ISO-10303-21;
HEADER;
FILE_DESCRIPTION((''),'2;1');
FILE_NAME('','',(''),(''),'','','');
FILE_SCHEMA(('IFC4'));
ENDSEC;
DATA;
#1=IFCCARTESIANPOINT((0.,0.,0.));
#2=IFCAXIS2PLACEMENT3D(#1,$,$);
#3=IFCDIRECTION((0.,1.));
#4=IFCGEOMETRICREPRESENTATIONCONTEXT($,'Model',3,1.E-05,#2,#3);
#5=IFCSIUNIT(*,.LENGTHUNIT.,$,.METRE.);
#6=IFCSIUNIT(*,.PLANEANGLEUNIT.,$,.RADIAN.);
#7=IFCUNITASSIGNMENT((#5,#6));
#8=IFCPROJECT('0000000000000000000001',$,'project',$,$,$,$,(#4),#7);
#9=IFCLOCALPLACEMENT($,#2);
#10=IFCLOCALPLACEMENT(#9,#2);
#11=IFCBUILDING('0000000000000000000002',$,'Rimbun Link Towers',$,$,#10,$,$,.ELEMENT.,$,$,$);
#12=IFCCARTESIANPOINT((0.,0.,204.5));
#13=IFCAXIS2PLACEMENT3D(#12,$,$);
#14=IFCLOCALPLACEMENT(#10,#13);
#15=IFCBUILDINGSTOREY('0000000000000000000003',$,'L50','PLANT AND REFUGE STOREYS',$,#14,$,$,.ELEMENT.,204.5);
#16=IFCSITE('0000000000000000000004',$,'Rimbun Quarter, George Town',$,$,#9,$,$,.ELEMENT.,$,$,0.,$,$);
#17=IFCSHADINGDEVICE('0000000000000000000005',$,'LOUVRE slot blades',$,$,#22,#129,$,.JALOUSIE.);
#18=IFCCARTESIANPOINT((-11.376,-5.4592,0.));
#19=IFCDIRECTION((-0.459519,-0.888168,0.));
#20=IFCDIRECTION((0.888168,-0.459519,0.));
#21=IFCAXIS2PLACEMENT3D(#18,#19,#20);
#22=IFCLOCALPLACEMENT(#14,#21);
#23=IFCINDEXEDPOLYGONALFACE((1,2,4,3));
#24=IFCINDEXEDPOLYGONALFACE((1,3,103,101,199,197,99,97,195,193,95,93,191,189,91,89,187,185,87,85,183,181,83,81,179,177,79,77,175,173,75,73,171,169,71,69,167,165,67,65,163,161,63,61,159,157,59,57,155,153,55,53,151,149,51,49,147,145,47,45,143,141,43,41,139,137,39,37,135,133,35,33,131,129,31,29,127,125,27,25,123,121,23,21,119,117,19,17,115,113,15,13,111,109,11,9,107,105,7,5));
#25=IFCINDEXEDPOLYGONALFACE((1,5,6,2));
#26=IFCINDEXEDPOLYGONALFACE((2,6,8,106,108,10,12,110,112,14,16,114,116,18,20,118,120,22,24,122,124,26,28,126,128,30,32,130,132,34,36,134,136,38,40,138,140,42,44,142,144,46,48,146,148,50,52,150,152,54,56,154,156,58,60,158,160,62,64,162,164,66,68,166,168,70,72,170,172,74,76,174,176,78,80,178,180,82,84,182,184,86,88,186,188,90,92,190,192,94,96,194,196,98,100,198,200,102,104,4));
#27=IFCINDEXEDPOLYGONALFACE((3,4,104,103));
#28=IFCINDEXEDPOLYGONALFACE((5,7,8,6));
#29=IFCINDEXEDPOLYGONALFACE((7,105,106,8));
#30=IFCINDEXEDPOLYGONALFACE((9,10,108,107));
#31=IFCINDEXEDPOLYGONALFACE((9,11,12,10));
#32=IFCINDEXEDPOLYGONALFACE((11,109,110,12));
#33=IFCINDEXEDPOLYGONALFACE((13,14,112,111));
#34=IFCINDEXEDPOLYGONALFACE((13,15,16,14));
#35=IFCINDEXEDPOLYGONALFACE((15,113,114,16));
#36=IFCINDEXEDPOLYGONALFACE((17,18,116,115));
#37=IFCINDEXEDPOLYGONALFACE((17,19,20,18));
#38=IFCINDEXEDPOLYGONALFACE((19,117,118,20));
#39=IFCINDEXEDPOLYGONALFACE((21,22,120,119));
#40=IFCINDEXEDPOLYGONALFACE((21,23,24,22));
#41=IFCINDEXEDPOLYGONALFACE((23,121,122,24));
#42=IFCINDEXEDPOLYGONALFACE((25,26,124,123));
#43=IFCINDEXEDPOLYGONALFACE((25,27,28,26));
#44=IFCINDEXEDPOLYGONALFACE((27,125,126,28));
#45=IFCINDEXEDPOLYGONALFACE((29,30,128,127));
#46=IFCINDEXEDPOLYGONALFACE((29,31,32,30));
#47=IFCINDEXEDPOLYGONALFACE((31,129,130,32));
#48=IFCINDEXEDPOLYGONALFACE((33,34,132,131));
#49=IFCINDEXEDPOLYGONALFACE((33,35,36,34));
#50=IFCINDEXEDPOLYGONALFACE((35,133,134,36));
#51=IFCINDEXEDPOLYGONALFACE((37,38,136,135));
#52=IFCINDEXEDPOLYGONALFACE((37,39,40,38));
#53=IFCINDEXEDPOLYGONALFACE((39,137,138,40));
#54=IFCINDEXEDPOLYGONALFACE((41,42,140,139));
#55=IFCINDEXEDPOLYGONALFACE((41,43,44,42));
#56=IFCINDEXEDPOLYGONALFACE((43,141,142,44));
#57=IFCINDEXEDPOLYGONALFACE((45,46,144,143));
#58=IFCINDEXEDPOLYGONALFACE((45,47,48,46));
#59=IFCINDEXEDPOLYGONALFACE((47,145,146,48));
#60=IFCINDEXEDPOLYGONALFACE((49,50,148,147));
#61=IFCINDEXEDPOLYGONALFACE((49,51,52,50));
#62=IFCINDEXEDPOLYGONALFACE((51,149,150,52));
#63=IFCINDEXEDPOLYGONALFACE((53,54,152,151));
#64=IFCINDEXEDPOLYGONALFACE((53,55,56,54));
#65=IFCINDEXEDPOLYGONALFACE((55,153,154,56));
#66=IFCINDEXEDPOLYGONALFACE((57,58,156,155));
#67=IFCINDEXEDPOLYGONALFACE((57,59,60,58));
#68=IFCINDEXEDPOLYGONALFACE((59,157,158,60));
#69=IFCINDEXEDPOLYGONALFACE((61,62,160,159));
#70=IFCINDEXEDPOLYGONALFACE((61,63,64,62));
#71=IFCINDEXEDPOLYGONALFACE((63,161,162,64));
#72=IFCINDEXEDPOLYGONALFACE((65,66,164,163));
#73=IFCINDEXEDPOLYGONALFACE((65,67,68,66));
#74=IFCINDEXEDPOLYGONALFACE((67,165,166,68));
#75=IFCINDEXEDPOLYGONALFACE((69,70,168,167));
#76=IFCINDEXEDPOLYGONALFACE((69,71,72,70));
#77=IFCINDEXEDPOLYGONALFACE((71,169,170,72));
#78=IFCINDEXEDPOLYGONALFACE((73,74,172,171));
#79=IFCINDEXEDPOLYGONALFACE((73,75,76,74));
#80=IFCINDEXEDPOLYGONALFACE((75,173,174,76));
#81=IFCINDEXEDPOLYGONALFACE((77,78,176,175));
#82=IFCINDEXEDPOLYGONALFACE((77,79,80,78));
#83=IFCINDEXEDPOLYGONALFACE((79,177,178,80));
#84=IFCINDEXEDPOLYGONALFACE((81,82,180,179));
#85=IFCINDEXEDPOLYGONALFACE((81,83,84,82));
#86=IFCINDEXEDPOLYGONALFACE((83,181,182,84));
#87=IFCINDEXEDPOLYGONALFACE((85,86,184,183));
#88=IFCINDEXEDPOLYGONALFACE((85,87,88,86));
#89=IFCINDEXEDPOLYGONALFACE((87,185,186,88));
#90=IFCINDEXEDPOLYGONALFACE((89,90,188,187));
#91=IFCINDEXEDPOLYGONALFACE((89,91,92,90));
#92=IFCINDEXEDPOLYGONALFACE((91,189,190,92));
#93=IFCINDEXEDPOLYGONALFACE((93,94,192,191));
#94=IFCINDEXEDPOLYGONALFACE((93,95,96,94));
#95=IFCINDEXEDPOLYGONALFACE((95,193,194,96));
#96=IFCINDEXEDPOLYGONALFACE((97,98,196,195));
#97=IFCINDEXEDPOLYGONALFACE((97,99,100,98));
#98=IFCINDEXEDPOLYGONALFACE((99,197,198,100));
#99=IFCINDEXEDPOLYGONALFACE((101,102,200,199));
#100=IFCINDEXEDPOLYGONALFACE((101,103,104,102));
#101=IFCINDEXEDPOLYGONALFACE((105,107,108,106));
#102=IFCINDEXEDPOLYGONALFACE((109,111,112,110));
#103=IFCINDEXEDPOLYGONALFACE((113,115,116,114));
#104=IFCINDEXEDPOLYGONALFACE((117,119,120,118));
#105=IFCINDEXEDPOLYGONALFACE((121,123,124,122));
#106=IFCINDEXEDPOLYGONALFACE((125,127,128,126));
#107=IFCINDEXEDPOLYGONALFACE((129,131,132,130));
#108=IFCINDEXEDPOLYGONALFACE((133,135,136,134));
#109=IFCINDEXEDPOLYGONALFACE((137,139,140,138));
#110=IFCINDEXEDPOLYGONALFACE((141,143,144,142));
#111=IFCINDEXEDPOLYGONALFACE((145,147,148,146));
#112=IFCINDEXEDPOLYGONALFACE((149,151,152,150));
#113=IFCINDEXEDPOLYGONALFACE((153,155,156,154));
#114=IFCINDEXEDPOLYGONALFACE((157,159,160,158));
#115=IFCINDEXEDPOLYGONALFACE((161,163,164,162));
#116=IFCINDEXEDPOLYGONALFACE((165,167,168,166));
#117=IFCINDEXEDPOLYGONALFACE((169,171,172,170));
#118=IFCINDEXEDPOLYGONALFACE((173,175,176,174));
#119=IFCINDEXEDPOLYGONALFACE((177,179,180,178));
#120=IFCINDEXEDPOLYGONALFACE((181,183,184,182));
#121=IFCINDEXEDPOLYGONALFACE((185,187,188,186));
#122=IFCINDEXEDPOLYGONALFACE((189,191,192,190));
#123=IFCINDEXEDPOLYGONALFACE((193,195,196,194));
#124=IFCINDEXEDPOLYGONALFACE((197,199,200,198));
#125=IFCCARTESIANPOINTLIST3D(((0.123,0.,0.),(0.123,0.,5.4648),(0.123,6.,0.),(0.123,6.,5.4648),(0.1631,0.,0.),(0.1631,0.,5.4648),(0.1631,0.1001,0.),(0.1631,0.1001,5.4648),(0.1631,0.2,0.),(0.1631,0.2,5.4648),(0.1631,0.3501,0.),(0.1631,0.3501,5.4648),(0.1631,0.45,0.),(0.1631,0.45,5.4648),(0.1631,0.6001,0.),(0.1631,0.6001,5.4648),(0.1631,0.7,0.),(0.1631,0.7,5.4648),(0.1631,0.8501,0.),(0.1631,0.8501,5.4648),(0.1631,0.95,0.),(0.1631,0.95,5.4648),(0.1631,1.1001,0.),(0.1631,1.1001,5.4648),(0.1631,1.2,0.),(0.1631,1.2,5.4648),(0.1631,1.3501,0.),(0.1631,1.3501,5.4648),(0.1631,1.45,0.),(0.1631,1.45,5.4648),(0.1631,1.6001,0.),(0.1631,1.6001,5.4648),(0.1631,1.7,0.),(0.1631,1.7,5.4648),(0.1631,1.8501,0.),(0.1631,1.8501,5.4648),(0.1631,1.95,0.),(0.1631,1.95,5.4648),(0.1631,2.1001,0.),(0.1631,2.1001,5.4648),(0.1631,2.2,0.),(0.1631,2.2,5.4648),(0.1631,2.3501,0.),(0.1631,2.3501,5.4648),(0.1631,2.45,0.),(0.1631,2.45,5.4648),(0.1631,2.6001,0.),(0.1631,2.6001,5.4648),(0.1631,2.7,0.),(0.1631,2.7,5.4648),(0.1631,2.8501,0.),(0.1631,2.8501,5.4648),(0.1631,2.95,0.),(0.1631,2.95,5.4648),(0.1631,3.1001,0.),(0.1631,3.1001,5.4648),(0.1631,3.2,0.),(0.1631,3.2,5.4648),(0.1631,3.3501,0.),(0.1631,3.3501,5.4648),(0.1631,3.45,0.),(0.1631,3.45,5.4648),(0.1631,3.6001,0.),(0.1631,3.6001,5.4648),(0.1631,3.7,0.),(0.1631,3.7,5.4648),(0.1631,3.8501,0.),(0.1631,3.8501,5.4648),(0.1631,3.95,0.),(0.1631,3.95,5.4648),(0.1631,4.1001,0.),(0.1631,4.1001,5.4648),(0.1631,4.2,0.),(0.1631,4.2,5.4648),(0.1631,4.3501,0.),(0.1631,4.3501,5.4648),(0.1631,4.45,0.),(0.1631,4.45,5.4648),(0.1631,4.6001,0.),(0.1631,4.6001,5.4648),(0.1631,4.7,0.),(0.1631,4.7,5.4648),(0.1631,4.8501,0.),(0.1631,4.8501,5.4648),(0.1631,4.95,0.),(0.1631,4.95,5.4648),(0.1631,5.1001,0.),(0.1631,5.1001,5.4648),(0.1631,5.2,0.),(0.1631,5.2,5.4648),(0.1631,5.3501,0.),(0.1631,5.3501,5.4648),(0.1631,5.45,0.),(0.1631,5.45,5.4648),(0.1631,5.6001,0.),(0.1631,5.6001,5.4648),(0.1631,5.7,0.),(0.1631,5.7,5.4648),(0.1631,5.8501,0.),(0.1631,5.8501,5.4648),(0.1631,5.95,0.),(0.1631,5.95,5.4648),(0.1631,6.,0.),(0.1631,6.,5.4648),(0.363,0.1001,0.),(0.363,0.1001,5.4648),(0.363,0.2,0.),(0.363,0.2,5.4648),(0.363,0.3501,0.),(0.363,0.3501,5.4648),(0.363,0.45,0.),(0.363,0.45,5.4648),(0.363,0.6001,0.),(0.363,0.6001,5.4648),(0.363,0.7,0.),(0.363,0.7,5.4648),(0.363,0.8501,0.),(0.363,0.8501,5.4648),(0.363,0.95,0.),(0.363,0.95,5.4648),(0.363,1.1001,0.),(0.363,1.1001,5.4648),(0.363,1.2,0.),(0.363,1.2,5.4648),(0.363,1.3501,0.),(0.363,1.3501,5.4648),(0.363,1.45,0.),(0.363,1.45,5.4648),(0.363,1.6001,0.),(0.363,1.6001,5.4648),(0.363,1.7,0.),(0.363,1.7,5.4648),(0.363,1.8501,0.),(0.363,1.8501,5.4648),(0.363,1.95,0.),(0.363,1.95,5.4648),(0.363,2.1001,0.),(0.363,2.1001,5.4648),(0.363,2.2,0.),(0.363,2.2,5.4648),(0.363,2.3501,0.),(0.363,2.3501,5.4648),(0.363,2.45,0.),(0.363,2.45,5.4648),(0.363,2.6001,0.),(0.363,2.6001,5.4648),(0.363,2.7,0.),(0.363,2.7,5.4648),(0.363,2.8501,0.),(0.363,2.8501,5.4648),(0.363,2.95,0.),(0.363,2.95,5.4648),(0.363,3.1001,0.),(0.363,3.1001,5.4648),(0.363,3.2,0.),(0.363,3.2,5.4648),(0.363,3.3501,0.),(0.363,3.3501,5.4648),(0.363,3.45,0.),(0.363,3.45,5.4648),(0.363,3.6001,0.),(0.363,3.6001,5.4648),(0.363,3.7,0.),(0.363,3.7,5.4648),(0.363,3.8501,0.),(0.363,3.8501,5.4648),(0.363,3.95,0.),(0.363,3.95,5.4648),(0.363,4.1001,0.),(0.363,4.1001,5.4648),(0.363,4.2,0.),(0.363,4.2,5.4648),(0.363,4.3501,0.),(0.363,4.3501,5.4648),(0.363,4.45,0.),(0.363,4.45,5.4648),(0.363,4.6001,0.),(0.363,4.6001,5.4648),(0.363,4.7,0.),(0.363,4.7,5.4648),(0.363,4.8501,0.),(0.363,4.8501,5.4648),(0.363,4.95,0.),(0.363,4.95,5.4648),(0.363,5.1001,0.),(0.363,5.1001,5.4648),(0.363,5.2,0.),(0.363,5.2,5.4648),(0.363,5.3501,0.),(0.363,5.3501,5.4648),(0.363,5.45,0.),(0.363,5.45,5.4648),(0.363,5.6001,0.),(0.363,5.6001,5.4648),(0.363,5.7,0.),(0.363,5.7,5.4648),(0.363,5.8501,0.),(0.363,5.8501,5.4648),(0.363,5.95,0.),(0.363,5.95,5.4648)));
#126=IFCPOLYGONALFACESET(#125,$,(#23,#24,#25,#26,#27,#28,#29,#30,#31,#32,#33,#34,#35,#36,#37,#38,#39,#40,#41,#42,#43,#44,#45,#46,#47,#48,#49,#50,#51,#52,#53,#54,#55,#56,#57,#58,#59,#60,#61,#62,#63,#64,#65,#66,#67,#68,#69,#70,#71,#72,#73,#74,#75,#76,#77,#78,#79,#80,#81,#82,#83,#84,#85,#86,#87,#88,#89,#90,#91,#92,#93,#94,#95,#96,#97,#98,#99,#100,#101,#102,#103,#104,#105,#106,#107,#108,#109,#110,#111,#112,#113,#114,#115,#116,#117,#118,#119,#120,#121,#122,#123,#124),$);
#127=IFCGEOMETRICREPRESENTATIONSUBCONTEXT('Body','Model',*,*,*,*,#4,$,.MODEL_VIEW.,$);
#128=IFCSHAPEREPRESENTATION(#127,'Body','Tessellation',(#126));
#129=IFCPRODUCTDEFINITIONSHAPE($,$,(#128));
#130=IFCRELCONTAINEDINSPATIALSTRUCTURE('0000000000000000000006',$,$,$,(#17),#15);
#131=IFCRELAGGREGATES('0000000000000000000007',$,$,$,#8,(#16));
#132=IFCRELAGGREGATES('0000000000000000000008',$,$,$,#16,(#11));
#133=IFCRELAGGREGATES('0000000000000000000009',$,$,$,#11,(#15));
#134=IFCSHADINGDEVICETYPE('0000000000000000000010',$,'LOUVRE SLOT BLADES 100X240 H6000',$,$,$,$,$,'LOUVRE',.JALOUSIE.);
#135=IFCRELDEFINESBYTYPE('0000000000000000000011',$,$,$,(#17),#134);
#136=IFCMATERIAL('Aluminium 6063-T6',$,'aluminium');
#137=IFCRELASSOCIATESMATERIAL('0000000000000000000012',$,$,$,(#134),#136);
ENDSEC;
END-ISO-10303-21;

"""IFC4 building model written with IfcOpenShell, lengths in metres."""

from ifc_helpers import new_model, si_unit, direction, frame, origin, place, context, subcontext, project, spatial, polyline, outline, extrude, material, material_profile, profile_set, type_object, element, save


model = new_model("IFC4")

# Units and contexts
model_context = context("Model", 3, precision=1e-05, world=origin(), true_north=direction((0.0, 1.0)))
body_context = subcontext(model_context, "Body", "Model", "MODEL_VIEW")
ifc_project = project(units=[si_unit("LENGTHUNIT", "METRE"), si_unit("PLANEANGLEUNIT", "RADIAN")], contexts=[model_context])

# Site, building, storey
site_placement = place(None, origin())
site = spatial("IfcSite", under=ifc_project, at=site_placement, Name="Rimbun Quarter, George Town", CompositionType="ELEMENT", RefElevation=0.0)
building_placement = place(site_placement, origin())
building = spatial("IfcBuilding", under=site, at=building_placement, Name="Rimbun Link Towers", CompositionType="ELEMENT")
storey_placement = place(building_placement, frame((0.0, 0.0, 204.5)))
storey = spatial("IfcBuildingStorey", under=building, at=storey_placement, Name="L50", Description="PLANT AND REFUGE STOREYS", CompositionType="ELEMENT", Elevation=204.5)

# Shading device
ifc_material_1 = material(Name="Aluminium 6063-T6", Category="aluminium")
ifc_material_profile_1 = material_profile(ifc_material_1, outline(polyline([(0.123, 0.0), (0.1631, 0.0), (0.1631, 0.1001), (0.363, 0.1001), (0.363, 0.2), (0.1631, 0.2), (0.1631, 0.3501), (0.363, 0.3501), (0.363, 0.45), (0.1631, 0.45), (0.1631, 0.6001), (0.363, 0.6001), (0.363, 0.7), (0.1631, 0.7), (0.1631, 0.8501), (0.363, 0.8501), (0.363, 0.95), (0.1631, 0.95), (0.1631, 1.1001), (0.363, 1.1001), (0.363, 1.2), (0.1631, 1.2), (0.1631, 1.3501), (0.363, 1.3501), (0.363, 1.45), (0.1631, 1.45), (0.1631, 1.6001), (0.363, 1.6001), (0.363, 1.7), (0.1631, 1.7), (0.1631, 1.8501), (0.363, 1.8501), (0.363, 1.95), (0.1631, 1.95), (0.1631, 2.1001), (0.363, 2.1001), (0.363, 2.2), (0.1631, 2.2), (0.1631, 2.3501), (0.363, 2.3501), (0.363, 2.45), (0.1631, 2.45), (0.1631, 2.6001), (0.363, 2.6001), (0.363, 2.7), (0.1631, 2.7), (0.1631, 2.8501), (0.363, 2.8501), (0.363, 2.95), (0.1631, 2.95), (0.1631, 3.1001), (0.363, 3.1001), (0.363, 3.2), (0.1631, 3.2), (0.1631, 3.3501), (0.363, 3.3501), (0.363, 3.45), (0.1631, 3.45), (0.1631, 3.6001), (0.363, 3.6001), (0.363, 3.7), (0.1631, 3.7), (0.1631, 3.8501), (0.363, 3.8501), (0.363, 3.95), (0.1631, 3.95), (0.1631, 4.1001), (0.363, 4.1001), (0.363, 4.2), (0.1631, 4.2), (0.1631, 4.3501), (0.363, 4.3501), (0.363, 4.45), (0.1631, 4.45), (0.1631, 4.6001), (0.363, 4.6001), (0.363, 4.7), (0.1631, 4.7), (0.1631, 4.8501), (0.363, 4.8501), (0.363, 4.95), (0.1631, 4.95), (0.1631, 5.1001), (0.363, 5.1001), (0.363, 5.2), (0.1631, 5.2), (0.1631, 5.3501), (0.363, 5.3501), (0.363, 5.45), (0.1631, 5.45), (0.1631, 5.6001), (0.363, 5.6001), (0.363, 5.7), (0.1631, 5.7), (0.1631, 5.8501), (0.363, 5.8501), (0.363, 5.95), (0.1631, 5.95), (0.1631, 6.0), (0.123, 6.0), (0.123, 0.0)])), Name="LOUVRE BLADES 100X240")
ifc_profile_set_1 = profile_set([ifc_material_profile_1], Name="Aluminium 6063-T6")
shading_device_type = type_object("IfcShadingDeviceType", Name="LOUVRE SLOT BLADES 100X240 H6000", ElementType="LOUVRE", PredefinedType="JALOUSIE", material=ifc_profile_set_1)
shading_device_placement = place(storey_placement, frame((-11.376, -5.4592, 0.0), z_axis=(-0.459519, -0.888168, 0.0), x_axis=(0.888168, -0.459519, 0.0)))
element("IfcShadingDevice", 1, at=shading_device_placement, inside=storey, type_object=shading_device_type, Name="LOUVRE slot blades", PredefinedType="JALOUSIE", context=body_context, shape_type="SweptSolid", body=[
    extrude(outline(polyline([(0.123, 0.0), (0.1631, 0.0), (0.1631, 0.1001), (0.363, 0.1001), (0.363, 0.2), (0.1631, 0.2), (0.1631, 0.3501), (0.363, 0.3501), (0.363, 0.45), (0.1631, 0.45), (0.1631, 0.6001), (0.363, 0.6001), (0.363, 0.7), (0.1631, 0.7), (0.1631, 0.8501), (0.363, 0.8501), (0.363, 0.95), (0.1631, 0.95), (0.1631, 1.1001), (0.363, 1.1001), (0.363, 1.2), (0.1631, 1.2), (0.1631, 1.3501), (0.363, 1.3501), (0.363, 1.45), (0.1631, 1.45), (0.1631, 1.6001), (0.363, 1.6001), (0.363, 1.7), (0.1631, 1.7), (0.1631, 1.8501), (0.363, 1.8501), (0.363, 1.95), (0.1631, 1.95), (0.1631, 2.1001), (0.363, 2.1001), (0.363, 2.2), (0.1631, 2.2), (0.1631, 2.3501), (0.363, 2.3501), (0.363, 2.45), (0.1631, 2.45), (0.1631, 2.6001), (0.363, 2.6001), (0.363, 2.7), (0.1631, 2.7), (0.1631, 2.8501), (0.363, 2.8501), (0.363, 2.95), (0.1631, 2.95), (0.1631, 3.1001), (0.363, 3.1001), (0.363, 3.2), (0.1631, 3.2), (0.1631, 3.3501), (0.363, 3.3501), (0.363, 3.45), (0.1631, 3.45), (0.1631, 3.6001), (0.363, 3.6001), (0.363, 3.7), (0.1631, 3.7), (0.1631, 3.8501), (0.363, 3.8501), (0.363, 3.95), (0.1631, 3.95), (0.1631, 4.1001), (0.363, 4.1001), (0.363, 4.2), (0.1631, 4.2), (0.1631, 4.3501), (0.363, 4.3501), (0.363, 4.45), (0.1631, 4.45), (0.1631, 4.6001), (0.363, 4.6001), (0.363, 4.7), (0.1631, 4.7), (0.1631, 4.8501), (0.363, 4.8501), (0.363, 4.95), (0.1631, 4.95), (0.1631, 5.1001), (0.363, 5.1001), (0.363, 5.2), (0.1631, 5.2), (0.1631, 5.3501), (0.363, 5.3501), (0.363, 5.45), (0.1631, 5.45), (0.1631, 5.6001), (0.363, 5.6001), (0.363, 5.7), (0.1631, 5.7), (0.1631, 5.8501), (0.363, 5.8501), (0.363, 5.95), (0.1631, 5.95), (0.1631, 6.0), (0.123, 6.0), (0.123, 0.0)])), origin(), (0.0, 0.0, 1.0), 5.4648),
])

save(model, "model.ifc")
